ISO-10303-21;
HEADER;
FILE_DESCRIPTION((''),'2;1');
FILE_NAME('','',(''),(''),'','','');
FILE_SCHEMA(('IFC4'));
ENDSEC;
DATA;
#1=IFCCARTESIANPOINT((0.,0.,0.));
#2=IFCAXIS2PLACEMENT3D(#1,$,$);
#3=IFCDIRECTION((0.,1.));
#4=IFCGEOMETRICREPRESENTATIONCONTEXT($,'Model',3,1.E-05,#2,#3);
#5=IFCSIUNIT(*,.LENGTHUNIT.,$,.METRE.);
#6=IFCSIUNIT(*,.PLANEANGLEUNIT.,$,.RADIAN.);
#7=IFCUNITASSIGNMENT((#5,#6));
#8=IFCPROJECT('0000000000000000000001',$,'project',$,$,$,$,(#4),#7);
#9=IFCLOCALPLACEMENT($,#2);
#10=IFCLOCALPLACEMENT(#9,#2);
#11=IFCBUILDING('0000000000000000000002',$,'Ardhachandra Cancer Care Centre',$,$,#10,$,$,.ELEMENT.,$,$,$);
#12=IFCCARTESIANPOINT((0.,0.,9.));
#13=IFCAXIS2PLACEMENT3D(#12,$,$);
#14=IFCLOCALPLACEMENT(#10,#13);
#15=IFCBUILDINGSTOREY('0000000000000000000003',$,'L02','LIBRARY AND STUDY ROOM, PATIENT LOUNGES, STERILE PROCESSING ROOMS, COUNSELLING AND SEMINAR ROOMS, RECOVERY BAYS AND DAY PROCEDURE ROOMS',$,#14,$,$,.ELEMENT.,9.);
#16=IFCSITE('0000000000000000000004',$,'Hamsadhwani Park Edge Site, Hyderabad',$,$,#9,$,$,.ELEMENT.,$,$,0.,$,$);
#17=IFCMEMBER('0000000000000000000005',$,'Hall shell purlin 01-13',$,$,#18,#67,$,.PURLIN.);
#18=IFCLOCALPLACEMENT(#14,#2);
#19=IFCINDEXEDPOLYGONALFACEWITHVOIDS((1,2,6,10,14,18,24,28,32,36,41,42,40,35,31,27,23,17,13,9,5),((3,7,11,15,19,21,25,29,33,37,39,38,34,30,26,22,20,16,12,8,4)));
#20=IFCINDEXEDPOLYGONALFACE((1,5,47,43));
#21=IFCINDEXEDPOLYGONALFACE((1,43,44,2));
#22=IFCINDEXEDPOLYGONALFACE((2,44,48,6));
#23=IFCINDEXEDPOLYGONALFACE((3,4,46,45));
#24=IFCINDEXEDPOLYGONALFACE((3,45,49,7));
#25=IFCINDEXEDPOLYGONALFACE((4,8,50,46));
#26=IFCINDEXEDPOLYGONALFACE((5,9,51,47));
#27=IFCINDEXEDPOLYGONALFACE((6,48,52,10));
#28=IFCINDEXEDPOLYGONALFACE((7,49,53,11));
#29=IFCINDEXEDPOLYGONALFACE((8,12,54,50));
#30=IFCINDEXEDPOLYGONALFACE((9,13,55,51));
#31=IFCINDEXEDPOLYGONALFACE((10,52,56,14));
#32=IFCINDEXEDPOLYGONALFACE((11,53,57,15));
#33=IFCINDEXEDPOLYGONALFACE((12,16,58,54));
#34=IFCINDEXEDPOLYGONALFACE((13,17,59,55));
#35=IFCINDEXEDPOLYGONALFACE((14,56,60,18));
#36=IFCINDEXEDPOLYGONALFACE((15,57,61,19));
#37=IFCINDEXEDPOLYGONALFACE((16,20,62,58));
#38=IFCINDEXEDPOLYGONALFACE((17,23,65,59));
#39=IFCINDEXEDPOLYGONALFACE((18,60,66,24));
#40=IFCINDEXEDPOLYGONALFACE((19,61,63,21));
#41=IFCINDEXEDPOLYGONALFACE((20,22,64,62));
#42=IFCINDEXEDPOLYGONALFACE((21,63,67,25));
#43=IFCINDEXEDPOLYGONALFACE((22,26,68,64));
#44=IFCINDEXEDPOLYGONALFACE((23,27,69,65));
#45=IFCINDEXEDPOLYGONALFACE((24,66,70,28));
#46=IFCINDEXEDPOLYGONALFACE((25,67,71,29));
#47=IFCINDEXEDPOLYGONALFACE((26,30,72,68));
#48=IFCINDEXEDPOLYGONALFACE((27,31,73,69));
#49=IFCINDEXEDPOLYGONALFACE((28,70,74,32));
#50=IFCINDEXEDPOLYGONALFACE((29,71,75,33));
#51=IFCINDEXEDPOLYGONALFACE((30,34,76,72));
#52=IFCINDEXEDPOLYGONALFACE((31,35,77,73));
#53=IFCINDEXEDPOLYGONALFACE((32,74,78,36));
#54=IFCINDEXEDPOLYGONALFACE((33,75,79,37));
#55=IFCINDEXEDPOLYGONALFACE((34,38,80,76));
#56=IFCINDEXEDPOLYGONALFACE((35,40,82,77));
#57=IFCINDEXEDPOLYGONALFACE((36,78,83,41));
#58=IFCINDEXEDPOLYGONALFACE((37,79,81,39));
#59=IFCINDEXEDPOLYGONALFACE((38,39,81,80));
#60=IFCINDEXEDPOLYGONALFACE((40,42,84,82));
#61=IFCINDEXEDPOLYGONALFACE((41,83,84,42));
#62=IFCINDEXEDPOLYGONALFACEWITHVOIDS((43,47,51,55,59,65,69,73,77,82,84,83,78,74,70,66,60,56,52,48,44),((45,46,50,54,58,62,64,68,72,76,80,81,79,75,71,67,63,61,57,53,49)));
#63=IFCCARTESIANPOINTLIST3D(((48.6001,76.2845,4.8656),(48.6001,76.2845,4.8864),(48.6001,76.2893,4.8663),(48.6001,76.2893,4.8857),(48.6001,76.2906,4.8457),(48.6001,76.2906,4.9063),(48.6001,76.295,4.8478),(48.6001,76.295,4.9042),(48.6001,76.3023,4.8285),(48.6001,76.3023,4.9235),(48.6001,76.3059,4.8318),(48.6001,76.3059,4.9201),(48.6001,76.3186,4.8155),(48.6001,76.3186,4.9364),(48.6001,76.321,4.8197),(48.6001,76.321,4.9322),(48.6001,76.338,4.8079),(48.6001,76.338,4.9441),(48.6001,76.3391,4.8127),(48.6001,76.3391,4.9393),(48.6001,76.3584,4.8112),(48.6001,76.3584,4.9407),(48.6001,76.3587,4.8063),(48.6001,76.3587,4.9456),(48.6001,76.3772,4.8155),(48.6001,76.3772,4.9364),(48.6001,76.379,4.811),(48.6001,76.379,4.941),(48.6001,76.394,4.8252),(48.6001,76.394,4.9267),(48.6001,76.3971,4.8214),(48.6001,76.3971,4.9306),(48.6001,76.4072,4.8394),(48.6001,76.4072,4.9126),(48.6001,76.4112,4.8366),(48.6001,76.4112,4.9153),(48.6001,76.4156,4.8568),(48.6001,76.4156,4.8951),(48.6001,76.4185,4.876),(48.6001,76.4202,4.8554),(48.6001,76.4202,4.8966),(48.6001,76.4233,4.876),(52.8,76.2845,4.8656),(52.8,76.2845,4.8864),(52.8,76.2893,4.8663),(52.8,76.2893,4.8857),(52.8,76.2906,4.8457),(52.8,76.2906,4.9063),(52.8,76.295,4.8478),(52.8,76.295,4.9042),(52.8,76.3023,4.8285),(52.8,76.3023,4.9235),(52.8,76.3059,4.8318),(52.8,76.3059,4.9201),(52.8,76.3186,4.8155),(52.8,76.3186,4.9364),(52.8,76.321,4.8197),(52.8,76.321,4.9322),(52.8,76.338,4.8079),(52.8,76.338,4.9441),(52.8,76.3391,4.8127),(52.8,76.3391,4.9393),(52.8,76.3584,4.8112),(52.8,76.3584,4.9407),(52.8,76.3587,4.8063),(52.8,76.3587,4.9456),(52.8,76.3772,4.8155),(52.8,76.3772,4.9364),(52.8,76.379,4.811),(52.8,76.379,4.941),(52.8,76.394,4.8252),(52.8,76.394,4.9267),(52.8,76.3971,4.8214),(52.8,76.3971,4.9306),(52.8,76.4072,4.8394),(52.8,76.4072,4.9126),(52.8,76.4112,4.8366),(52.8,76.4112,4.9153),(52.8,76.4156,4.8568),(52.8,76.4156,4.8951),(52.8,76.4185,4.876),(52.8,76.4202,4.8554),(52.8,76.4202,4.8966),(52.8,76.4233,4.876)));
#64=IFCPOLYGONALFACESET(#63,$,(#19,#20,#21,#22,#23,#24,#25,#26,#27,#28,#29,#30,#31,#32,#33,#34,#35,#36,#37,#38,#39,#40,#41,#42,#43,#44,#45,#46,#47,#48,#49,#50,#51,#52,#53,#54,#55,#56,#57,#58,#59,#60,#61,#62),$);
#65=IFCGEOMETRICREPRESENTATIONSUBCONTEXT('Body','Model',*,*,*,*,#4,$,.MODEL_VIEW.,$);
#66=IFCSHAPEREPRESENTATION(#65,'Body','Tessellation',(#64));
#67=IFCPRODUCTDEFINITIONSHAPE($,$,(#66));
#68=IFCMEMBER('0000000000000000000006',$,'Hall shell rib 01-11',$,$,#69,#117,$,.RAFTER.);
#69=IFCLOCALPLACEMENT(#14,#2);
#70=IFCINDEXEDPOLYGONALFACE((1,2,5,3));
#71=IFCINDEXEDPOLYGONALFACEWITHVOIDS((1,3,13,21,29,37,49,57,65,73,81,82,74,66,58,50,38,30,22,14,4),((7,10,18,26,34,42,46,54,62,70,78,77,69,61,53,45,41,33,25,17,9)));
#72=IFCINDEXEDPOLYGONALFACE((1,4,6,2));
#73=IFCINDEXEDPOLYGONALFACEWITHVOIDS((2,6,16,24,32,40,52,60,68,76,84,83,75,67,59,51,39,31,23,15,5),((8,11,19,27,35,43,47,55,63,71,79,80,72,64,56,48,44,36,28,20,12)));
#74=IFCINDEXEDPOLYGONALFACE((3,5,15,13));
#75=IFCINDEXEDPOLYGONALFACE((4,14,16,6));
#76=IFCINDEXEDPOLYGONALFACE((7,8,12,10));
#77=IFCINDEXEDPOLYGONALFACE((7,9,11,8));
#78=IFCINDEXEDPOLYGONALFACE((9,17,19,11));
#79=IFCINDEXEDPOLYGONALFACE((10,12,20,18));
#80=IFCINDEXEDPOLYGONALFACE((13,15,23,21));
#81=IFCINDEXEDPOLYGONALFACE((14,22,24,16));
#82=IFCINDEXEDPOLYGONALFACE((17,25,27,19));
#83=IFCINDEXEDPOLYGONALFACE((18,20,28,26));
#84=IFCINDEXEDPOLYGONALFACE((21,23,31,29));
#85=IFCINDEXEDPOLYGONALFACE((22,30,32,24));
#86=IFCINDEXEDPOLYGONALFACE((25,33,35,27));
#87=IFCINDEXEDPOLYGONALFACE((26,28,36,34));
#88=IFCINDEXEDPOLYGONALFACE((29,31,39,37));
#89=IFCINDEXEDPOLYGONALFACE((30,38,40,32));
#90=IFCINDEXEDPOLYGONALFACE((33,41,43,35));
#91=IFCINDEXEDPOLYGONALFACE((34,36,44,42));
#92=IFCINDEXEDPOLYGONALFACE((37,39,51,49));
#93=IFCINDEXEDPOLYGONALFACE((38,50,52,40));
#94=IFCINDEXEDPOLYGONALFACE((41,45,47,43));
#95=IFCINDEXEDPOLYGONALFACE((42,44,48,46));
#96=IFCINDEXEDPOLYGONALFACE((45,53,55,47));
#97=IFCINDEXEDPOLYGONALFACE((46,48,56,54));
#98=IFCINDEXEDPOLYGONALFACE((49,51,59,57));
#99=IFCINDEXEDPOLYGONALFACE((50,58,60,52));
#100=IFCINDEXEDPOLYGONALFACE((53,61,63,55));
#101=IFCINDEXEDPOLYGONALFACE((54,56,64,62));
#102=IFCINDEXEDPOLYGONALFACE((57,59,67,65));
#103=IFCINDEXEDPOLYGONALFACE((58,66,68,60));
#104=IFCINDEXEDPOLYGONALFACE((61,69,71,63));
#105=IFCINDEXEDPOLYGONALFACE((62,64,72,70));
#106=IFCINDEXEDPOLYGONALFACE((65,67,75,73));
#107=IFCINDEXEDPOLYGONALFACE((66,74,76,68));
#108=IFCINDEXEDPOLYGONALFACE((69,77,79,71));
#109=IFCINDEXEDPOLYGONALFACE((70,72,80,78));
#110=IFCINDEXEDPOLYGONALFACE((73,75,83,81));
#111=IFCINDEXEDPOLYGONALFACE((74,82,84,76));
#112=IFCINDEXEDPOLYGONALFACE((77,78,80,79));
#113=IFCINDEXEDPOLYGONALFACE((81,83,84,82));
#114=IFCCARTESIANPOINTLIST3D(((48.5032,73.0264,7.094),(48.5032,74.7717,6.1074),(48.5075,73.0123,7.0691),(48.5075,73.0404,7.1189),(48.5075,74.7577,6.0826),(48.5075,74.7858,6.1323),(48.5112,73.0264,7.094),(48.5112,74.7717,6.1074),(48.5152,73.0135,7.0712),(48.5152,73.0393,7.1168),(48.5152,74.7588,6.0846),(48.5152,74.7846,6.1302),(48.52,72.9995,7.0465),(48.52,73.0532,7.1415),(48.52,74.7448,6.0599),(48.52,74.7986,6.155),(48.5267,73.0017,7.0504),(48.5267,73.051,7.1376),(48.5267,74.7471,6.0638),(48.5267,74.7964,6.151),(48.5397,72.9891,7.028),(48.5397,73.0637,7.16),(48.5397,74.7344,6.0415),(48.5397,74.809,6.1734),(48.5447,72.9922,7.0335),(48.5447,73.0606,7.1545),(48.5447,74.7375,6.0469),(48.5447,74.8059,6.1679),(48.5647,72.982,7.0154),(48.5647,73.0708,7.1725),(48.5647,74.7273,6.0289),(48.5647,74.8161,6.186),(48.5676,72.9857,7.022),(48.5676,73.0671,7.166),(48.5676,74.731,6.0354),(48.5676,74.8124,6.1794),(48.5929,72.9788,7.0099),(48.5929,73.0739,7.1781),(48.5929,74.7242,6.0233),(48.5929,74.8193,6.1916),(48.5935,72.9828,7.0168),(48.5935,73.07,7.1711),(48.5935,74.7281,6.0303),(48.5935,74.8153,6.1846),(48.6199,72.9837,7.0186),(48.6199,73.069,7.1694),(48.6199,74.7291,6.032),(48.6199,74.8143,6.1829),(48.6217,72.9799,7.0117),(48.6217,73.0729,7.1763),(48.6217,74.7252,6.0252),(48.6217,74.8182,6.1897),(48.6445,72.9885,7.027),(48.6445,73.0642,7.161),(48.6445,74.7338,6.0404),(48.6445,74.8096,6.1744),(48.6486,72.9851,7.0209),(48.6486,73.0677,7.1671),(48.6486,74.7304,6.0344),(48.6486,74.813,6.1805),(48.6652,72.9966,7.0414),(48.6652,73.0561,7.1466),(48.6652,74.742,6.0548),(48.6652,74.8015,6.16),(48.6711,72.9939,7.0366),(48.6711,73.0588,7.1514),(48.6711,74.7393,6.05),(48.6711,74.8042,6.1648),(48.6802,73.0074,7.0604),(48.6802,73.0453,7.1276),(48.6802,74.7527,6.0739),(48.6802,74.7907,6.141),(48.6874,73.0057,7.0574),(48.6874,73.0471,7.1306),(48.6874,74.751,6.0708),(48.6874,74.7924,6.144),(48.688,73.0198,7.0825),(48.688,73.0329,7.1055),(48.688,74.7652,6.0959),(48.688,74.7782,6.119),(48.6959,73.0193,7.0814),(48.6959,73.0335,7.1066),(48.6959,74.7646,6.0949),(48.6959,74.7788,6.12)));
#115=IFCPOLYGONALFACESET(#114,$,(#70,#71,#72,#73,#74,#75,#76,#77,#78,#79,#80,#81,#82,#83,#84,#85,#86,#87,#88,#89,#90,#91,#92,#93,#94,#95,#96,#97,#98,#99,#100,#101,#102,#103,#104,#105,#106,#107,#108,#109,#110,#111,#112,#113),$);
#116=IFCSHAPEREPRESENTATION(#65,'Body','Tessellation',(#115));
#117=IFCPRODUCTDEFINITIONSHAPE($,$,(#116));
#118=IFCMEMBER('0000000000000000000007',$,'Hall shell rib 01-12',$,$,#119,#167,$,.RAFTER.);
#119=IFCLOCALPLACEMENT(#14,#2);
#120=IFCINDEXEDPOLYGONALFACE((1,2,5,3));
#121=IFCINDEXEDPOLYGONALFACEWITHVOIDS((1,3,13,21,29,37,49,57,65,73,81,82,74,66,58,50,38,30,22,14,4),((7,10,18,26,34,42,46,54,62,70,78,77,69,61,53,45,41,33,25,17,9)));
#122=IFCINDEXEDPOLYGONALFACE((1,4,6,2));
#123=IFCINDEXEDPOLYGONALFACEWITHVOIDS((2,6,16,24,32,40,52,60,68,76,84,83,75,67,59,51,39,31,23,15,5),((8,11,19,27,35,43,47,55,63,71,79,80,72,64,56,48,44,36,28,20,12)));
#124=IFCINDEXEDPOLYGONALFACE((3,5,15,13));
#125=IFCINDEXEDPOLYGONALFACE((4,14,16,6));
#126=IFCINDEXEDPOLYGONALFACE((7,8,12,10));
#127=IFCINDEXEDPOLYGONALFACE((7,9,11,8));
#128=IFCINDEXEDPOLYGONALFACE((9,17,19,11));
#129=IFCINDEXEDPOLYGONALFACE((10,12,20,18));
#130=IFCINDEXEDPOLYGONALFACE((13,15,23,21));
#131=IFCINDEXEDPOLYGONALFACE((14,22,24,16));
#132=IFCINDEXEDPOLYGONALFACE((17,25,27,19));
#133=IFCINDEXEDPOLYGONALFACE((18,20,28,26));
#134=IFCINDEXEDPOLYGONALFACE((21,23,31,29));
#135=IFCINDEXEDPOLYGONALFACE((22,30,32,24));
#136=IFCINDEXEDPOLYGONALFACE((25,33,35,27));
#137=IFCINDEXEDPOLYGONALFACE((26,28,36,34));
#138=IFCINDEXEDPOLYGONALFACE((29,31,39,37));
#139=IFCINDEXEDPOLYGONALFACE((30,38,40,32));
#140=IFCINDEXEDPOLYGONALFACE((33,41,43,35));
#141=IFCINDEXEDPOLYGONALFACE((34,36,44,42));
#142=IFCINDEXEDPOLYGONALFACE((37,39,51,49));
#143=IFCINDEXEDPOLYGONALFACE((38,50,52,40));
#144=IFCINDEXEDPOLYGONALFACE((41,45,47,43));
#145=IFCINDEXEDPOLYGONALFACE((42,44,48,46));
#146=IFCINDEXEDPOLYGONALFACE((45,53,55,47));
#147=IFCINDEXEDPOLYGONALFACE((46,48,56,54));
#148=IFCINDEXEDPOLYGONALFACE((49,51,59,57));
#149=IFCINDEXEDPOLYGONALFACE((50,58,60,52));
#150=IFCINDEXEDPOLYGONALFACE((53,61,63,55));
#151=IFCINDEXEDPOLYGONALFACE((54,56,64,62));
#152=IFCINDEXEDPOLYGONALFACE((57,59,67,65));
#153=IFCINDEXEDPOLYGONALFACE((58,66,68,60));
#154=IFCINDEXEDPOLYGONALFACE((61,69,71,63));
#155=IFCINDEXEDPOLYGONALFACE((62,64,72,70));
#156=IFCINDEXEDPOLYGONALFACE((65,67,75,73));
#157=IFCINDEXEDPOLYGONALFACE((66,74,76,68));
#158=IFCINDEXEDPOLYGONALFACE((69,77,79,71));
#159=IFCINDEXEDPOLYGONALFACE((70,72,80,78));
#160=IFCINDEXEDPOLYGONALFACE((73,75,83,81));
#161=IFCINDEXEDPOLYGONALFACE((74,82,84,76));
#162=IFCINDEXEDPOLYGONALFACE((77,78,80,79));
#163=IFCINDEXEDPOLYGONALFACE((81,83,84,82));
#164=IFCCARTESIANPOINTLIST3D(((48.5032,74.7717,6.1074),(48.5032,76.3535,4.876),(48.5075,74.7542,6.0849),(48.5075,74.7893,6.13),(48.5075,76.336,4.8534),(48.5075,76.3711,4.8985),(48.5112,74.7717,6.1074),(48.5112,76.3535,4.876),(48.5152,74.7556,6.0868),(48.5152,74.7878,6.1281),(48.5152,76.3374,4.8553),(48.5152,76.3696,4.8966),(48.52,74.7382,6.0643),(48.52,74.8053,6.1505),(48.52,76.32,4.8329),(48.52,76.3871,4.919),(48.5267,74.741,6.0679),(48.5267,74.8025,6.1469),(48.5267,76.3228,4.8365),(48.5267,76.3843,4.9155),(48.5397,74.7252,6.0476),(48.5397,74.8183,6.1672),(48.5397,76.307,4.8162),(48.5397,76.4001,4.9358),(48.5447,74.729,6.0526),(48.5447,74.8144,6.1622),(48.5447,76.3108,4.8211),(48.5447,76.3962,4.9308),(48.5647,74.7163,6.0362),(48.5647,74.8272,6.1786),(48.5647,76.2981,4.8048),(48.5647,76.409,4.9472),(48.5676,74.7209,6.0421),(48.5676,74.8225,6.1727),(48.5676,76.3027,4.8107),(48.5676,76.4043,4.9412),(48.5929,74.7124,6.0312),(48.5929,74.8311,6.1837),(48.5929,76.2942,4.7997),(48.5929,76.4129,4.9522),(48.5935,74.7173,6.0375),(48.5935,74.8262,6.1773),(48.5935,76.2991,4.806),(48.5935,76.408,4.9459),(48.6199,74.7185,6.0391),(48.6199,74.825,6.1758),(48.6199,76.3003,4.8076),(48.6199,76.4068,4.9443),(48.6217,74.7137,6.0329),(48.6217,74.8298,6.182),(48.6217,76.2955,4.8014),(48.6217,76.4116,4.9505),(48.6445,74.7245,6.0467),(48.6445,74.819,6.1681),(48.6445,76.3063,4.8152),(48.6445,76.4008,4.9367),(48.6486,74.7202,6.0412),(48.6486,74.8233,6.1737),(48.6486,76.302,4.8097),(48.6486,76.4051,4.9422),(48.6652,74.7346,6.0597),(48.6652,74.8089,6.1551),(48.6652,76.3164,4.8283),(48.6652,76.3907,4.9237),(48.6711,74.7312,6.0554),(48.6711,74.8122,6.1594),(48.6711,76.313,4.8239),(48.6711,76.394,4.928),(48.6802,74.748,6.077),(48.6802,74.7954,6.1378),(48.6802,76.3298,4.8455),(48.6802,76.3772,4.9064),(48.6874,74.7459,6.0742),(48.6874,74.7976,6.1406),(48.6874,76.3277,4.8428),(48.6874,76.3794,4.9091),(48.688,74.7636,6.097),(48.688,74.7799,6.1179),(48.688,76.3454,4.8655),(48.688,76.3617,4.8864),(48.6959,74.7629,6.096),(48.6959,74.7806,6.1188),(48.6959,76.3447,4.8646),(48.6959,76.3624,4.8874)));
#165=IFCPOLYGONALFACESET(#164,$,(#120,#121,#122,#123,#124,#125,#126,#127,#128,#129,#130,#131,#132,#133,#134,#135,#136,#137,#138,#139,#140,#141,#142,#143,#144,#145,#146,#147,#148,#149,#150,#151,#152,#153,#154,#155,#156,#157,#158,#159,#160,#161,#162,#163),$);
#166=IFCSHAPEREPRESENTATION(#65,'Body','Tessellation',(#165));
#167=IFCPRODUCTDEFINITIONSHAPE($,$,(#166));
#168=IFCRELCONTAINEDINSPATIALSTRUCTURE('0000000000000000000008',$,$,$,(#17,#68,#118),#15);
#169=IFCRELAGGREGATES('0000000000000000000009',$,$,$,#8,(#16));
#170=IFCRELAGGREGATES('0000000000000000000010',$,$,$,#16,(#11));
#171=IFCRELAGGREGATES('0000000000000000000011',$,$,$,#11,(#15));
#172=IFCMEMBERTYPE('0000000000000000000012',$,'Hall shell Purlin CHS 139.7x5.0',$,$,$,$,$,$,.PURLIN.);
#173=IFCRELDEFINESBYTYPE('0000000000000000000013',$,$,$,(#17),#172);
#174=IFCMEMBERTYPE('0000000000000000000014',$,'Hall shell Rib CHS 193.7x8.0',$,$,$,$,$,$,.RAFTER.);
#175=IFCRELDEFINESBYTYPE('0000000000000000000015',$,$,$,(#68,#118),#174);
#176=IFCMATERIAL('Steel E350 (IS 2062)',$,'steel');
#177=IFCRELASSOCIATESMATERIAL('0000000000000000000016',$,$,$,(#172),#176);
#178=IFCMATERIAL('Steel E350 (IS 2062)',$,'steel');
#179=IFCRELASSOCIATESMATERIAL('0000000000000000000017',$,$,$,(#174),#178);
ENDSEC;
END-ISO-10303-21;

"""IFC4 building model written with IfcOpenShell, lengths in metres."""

from ifc_helpers import new_model, si_unit, direction, frame, origin, origin_2d, place, context, subcontext, project, spatial, hollow_circle, extrude, material, material_profile, profile_set, type_object, element, save


model = new_model("IFC4")

# Units and contexts
model_context = context("Model", 3, precision=1e-05, world=origin(), true_north=direction((0.0, 1.0)))
body_context = subcontext(model_context, "Body", "Model", "MODEL_VIEW")
ifc_project = project(units=[si_unit("LENGTHUNIT", "METRE"), si_unit("PLANEANGLEUNIT", "RADIAN")], contexts=[model_context])

# Site, building, storey
site_placement = place(None, origin())
site = spatial("IfcSite", under=ifc_project, at=site_placement, Name="Hamsadhwani Park Edge Site, Hyderabad", CompositionType="ELEMENT", RefElevation=0.0)
building_placement = place(site_placement, origin())
building = spatial("IfcBuilding", under=site, at=building_placement, Name="Ardhachandra Cancer Care Centre", CompositionType="ELEMENT")
storey_placement = place(building_placement, frame((0.0, 0.0, 9.0)))
storey = spatial("IfcBuildingStorey", under=building, at=storey_placement, Name="L02", Description="LIBRARY AND STUDY ROOM, PATIENT LOUNGES, STERILE PROCESSING ROOMS, COUNSELLING AND SEMINAR ROOMS, RECOVERY BAYS AND DAY PROCEDURE ROOMS", CompositionType="ELEMENT", Elevation=9.0)

# Members
ifc_material_1 = material(Name="Steel E350 (IS 2062)", Category="steel")
ifc_material_profile_1 = material_profile(ifc_material_1, hollow_circle(Radius=0.0698, WallThickness=0.0049, at=origin_2d()), Name="CHS 139.7x5.0")
ifc_profile_set_1 = profile_set([ifc_material_profile_1], Name="Steel E350 (IS 2062)")
member_type_1 = type_object("IfcMemberType", Name="Hall shell Purlin CHS 139.7x5.0", PredefinedType="PURLIN", material=ifc_profile_set_1)
for number, where, z_axis, x_axis, name in (
    (1, (48.6001, 76.3535, 4.876), (1.0, 0.0, 0.0), (0.0, 1.0, 0.0), "Hall shell purlin 01-13"),
):
    element("IfcMember", number, at=place(storey_placement, frame(where, z_axis=z_axis, x_axis=x_axis)), inside=storey, type_object=member_type_1, Name=name, PredefinedType="PURLIN", context=body_context, shape_type="SweptSolid", body=[
        extrude(hollow_circle(Radius=0.0698, WallThickness=0.0049, at=origin_2d()), origin(), (0.0, 0.0, 1.0), 4.2),
    ])
ifc_material_2 = material(Name="Steel E350 (IS 2062)", Category="steel")
ifc_material_profile_2 = material_profile(ifc_material_2, hollow_circle(Radius=0.0969, WallThickness=0.0081, at=origin_2d()), Name="CHS 193.7x8.0")
ifc_profile_set_2 = profile_set([ifc_material_profile_2], Name="Steel E350 (IS 2062)")
member_type_2 = type_object("IfcMemberType", Name="Hall shell Rib CHS 193.7x8.0", PredefinedType="RAFTER", material=ifc_profile_set_2)
member_1_placement = place(storey_placement, frame((48.6001, 73.0264, 7.094), z_axis=(0.0, 0.870549, -0.492081), x_axis=(-1.0, 0.0, 0.0)))
element("IfcMember", 2, at=member_1_placement, inside=storey, type_object=member_type_2, Name="Hall shell rib 01-11", PredefinedType="RAFTER", context=body_context, shape_type="SweptSolid", body=[
    extrude(hollow_circle(Radius=0.0969, WallThickness=0.0081, at=origin_2d()), origin(), (0.0, 0.0, 1.0), 2.0049),
])
member_2_placement = place(storey_placement, frame((48.6001, 74.7717, 6.1074), z_axis=(0.0, 0.78907, -0.614303), x_axis=(-1.0, 0.0, 0.0)))
element("IfcMember", 3, at=member_2_placement, inside=storey, type_object=member_type_2, Name="Hall shell rib 01-12", PredefinedType="RAFTER", context=body_context, shape_type="SweptSolid", body=[
    extrude(hollow_circle(Radius=0.0969, WallThickness=0.0081, at=origin_2d()), origin(), (0.0, 0.0, 1.0), 2.0046),
])

save(model, "model.ifc")
